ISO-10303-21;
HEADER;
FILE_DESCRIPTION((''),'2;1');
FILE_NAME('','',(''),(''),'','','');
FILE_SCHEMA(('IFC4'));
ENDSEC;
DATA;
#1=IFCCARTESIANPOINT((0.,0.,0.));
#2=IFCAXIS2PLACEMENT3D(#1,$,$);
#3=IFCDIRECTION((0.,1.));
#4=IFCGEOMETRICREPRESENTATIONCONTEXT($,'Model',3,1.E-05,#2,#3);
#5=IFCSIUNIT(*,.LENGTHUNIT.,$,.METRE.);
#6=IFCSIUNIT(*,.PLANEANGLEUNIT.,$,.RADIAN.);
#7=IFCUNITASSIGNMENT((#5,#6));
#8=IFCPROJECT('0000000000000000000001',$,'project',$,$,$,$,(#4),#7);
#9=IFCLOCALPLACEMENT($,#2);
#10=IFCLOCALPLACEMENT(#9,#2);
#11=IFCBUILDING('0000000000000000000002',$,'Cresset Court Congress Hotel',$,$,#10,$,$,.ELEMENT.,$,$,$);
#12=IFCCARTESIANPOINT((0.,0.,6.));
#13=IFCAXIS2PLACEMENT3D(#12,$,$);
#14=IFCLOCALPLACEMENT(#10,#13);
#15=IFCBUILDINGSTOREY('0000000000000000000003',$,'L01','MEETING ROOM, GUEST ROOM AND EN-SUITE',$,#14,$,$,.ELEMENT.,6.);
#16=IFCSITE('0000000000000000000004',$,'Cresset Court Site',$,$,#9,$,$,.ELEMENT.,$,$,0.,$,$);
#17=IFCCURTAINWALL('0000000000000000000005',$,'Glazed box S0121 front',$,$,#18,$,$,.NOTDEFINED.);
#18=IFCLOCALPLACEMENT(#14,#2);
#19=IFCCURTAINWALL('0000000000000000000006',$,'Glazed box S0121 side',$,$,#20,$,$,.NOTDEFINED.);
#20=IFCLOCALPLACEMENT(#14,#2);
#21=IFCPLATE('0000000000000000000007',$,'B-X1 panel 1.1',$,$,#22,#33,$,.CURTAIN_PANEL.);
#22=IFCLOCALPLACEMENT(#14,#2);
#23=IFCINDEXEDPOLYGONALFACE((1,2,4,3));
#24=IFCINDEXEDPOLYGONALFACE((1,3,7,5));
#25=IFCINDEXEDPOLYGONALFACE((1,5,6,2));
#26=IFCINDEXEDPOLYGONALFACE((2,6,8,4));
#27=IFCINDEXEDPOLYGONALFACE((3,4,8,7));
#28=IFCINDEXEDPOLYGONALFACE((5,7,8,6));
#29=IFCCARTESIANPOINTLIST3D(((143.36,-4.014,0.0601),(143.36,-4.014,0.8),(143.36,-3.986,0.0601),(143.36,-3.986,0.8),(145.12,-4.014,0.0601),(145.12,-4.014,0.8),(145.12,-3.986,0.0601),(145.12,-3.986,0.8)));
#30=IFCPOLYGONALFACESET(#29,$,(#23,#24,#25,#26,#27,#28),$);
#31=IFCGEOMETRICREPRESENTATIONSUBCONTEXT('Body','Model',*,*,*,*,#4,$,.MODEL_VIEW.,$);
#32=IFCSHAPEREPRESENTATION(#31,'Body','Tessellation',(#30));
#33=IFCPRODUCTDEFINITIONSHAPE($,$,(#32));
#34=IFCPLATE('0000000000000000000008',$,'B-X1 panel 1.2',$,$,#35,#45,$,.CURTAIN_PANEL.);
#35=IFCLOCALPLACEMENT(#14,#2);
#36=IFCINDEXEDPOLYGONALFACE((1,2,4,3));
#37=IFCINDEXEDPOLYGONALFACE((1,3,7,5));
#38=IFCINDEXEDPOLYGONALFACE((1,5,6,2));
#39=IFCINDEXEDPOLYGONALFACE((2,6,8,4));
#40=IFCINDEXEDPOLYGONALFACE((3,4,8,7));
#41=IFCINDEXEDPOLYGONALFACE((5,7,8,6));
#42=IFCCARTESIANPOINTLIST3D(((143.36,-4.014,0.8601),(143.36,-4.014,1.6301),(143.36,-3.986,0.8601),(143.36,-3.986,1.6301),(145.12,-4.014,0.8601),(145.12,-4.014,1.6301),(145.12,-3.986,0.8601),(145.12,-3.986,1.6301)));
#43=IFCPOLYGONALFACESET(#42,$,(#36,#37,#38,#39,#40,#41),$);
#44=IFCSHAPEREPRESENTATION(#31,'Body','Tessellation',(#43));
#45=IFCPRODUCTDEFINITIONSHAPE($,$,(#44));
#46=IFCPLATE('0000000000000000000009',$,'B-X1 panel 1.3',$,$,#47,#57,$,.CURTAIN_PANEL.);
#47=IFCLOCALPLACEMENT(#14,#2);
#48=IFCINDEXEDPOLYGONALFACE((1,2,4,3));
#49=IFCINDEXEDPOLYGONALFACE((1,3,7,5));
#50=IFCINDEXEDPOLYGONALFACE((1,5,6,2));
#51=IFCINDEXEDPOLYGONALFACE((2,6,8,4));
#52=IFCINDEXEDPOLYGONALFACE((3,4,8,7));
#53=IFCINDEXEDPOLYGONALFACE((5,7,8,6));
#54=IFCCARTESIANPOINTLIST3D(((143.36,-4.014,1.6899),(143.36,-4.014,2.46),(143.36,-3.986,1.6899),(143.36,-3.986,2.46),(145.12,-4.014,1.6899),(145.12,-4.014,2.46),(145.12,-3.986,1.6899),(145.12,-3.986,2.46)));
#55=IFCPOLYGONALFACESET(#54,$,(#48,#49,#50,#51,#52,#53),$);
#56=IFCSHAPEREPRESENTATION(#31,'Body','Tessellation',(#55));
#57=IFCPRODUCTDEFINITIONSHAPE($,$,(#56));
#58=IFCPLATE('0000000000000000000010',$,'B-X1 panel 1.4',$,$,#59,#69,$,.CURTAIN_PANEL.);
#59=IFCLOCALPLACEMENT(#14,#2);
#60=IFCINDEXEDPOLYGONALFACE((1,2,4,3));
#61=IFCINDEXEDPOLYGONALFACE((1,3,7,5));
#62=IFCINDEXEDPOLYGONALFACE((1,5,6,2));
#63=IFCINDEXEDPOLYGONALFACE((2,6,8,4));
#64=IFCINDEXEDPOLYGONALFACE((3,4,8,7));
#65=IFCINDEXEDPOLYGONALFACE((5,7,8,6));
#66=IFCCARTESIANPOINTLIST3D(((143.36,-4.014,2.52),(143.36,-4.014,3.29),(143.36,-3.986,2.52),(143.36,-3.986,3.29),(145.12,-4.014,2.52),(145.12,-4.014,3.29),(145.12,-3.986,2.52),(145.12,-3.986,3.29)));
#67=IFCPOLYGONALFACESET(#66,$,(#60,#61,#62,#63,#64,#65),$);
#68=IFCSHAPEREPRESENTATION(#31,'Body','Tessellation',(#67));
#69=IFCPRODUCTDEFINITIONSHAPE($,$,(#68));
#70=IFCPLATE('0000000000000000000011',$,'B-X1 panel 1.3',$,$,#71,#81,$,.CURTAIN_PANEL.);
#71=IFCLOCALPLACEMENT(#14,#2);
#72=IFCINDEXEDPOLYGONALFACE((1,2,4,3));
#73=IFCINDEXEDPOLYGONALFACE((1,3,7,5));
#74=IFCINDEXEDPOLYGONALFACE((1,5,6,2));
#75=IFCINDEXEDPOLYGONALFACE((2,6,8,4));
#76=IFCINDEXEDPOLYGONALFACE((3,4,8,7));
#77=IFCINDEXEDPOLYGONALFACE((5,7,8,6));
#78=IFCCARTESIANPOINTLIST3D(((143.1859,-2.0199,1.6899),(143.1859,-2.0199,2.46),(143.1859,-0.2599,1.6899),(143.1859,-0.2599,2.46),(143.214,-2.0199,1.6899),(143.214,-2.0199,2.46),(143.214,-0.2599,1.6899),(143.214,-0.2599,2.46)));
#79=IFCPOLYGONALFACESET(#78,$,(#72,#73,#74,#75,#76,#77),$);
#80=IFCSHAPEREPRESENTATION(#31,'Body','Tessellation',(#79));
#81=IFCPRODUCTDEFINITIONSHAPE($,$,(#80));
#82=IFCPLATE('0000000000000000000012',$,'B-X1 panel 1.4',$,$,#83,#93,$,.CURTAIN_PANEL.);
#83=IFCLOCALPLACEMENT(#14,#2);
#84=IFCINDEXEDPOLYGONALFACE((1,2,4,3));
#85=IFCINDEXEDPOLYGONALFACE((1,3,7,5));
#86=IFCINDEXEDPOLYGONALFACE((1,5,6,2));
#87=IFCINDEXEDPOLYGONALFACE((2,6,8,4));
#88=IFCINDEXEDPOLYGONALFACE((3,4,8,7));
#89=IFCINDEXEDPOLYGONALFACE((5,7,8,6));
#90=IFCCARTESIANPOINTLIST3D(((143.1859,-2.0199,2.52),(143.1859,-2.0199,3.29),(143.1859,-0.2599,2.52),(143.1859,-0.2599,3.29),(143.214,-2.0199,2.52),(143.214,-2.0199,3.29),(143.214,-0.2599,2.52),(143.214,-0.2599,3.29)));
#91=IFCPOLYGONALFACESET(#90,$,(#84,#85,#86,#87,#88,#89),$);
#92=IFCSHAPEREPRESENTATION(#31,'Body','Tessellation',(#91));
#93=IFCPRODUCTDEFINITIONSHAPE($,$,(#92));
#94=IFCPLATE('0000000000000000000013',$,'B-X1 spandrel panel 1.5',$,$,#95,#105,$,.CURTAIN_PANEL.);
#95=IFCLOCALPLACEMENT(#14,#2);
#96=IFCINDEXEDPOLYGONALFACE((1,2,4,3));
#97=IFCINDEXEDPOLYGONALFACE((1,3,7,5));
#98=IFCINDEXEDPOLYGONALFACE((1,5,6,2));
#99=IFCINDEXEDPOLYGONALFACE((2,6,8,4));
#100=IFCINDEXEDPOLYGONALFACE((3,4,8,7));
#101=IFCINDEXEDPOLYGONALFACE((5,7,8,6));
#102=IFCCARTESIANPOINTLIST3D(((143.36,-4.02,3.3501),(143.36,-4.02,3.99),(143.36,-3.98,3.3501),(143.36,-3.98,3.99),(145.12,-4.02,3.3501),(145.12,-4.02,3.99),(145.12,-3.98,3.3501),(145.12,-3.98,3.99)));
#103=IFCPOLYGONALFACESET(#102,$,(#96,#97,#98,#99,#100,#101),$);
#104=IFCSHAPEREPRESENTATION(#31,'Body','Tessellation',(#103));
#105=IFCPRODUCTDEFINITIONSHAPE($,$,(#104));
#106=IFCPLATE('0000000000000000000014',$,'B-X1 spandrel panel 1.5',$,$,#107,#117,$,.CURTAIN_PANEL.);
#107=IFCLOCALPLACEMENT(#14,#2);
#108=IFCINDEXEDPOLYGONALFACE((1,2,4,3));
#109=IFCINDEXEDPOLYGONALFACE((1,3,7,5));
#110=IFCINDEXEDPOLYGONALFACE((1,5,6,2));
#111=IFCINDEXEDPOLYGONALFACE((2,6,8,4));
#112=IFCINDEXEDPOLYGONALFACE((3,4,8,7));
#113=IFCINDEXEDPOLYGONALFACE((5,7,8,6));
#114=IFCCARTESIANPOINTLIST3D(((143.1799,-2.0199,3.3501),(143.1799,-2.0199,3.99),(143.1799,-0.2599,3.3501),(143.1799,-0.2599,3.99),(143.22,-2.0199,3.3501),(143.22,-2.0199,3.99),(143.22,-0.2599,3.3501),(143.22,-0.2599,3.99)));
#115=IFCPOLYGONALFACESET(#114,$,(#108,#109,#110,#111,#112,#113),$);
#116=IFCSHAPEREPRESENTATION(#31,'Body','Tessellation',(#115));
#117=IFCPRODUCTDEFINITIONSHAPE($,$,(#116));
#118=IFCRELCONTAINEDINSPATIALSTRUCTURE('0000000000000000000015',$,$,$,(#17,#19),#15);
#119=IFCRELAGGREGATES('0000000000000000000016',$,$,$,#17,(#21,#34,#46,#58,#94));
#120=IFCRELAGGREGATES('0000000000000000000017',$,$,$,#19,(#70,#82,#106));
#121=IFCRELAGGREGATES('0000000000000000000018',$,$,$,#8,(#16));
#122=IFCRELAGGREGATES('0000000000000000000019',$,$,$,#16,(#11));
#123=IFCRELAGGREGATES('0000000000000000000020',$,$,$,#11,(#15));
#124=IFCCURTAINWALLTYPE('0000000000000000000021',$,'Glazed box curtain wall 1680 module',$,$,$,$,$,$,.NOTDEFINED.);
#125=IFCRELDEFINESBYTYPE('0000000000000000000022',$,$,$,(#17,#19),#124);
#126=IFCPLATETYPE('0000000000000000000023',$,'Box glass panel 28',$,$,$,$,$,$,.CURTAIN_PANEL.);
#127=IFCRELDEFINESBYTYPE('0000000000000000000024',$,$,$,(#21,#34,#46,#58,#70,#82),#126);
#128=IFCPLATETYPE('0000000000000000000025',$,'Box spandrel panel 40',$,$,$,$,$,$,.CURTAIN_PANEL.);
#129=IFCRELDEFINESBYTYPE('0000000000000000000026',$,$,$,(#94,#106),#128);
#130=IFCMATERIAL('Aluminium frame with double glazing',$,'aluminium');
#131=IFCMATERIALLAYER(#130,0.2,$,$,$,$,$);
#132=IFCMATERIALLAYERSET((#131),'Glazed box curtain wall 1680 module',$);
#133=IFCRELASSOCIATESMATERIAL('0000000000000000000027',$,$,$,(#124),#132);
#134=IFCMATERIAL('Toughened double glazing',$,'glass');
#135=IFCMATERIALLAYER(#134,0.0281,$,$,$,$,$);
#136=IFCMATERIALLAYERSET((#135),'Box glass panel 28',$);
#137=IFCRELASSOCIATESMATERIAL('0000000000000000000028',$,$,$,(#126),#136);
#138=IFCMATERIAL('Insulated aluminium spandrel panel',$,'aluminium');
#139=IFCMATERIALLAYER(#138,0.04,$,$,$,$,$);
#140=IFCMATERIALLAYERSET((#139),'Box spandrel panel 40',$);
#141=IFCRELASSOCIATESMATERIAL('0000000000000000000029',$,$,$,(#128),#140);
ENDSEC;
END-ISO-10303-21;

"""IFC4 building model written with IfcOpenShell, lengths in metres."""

from ifc_helpers import new_model, si_unit, direction, frame, origin, origin_2d, place, context, subcontext, project, spatial, rectangle, extrude, material, layer, layer_set, type_object, element, aggregate, save


model = new_model("IFC4")

# Units and contexts
model_context = context("Model", 3, precision=1e-05, world=origin(), true_north=direction((0.0, 1.0)))
body_context = subcontext(model_context, "Body", "Model", "MODEL_VIEW")
ifc_project = project(units=[si_unit("LENGTHUNIT", "METRE"), si_unit("PLANEANGLEUNIT", "RADIAN")], contexts=[model_context])

# Site, building, storey
site_placement = place(None, origin())
site = spatial("IfcSite", under=ifc_project, at=site_placement, Name="Cresset Court Site", CompositionType="ELEMENT", RefElevation=0.0)
building_placement = place(site_placement, origin())
building = spatial("IfcBuilding", under=site, at=building_placement, Name="Cresset Court Congress Hotel", CompositionType="ELEMENT")
storey_placement = place(building_placement, frame((0.0, 0.0, 6.0)))
storey = spatial("IfcBuildingStorey", under=building, at=storey_placement, Name="L01", Description="MEETING ROOM, GUEST ROOM AND EN-SUITE", CompositionType="ELEMENT", Elevation=6.0)

# Curtain walls
ifc_material_1 = material(Name="Aluminium frame with double glazing", Category="aluminium")
ifc_layer_1 = layer(ifc_material_1, 0.2)
ifc_layer_set_1 = layer_set([ifc_layer_1], Name="Glazed box curtain wall 1680 module")
curtain_wall_type = type_object("IfcCurtainWallType", Name="Glazed box curtain wall 1680 module", PredefinedType="NOTDEFINED", material=ifc_layer_set_1)
curtain_wall_1_placement = place(storey_placement, origin())
curtain_wall_1 = element("IfcCurtainWall", 1, at=curtain_wall_1_placement, inside=storey, type_object=curtain_wall_type, Name="Glazed box S0121 front", PredefinedType="NOTDEFINED")
curtain_wall_2_placement = place(storey_placement, origin())
curtain_wall_2 = element("IfcCurtainWall", 2, at=curtain_wall_2_placement, inside=storey, type_object=curtain_wall_type, Name="Glazed box S0121 side", PredefinedType="NOTDEFINED")

# Plates
ifc_material_2 = material(Name="Toughened double glazing", Category="glass")
ifc_layer_2 = layer(ifc_material_2, 0.0281)
ifc_layer_set_2 = layer_set([ifc_layer_2], Name="Box glass panel 28")
plate_type_1 = type_object("IfcPlateType", Name="Box glass panel 28", PredefinedType="CURTAIN_PANEL", material=ifc_layer_set_2)
plate_1_placement = place(storey_placement, frame((144.24, -4.0, 0.0601), z_axis=(0.0, 0.0, 1.0), x_axis=(1.0, 0.0, 0.0)))
plate_1 = element("IfcPlate", 3, at=plate_1_placement, type_object=plate_type_1, Name="B-X1 panel 1.1", PredefinedType="CURTAIN_PANEL", context=body_context, shape_type="SweptSolid", body=[
    extrude(rectangle(XDim=1.76, YDim=0.0281, at=origin_2d()), origin(), (0.0, 0.0, 1.0), 0.74),
])
plate_2_placement = place(storey_placement, frame((144.24, -4.0, 0.8601), z_axis=(0.0, 0.0, 1.0), x_axis=(1.0, 0.0, 0.0)))
plate_2 = element("IfcPlate", 4, at=plate_2_placement, type_object=plate_type_1, Name="B-X1 panel 1.2", PredefinedType="CURTAIN_PANEL", context=body_context, shape_type="SweptSolid", body=[
    extrude(rectangle(XDim=1.76, YDim=0.0281, at=origin_2d()), origin(), (0.0, 0.0, 1.0), 0.77),
])
plate_3_placement = place(storey_placement, frame((144.24, -4.0, 1.6899), z_axis=(0.0, 0.0, 1.0), x_axis=(1.0, 0.0, 0.0)))
plate_3 = element("IfcPlate", 5, at=plate_3_placement, type_object=plate_type_1, Name="B-X1 panel 1.3", PredefinedType="CURTAIN_PANEL", context=body_context, shape_type="SweptSolid", body=[
    extrude(rectangle(XDim=1.76, YDim=0.0281, at=origin_2d()), origin(), (0.0, 0.0, 1.0), 0.77),
])
plate_4_placement = place(storey_placement, frame((144.24, -4.0, 2.52), z_axis=(0.0, 0.0, 1.0), x_axis=(1.0, 0.0, 0.0)))
plate_4 = element("IfcPlate", 6, at=plate_4_placement, type_object=plate_type_1, Name="B-X1 panel 1.4", PredefinedType="CURTAIN_PANEL", context=body_context, shape_type="SweptSolid", body=[
    extrude(rectangle(XDim=1.76, YDim=0.0281, at=origin_2d()), origin(), (0.0, 0.0, 1.0), 0.77),
])
plate_5_placement = place(storey_placement, frame((143.2, -1.1399, 1.6899), z_axis=(0.0, 0.0, 1.0), x_axis=(0.0, -1.0, 0.0)))
plate_5 = element("IfcPlate", 7, at=plate_5_placement, type_object=plate_type_1, Name="B-X1 panel 1.3", PredefinedType="CURTAIN_PANEL", context=body_context, shape_type="SweptSolid", body=[
    extrude(rectangle(XDim=1.76, YDim=0.0281, at=origin_2d()), origin(), (0.0, 0.0, 1.0), 0.77),
])
plate_6_placement = place(storey_placement, frame((143.2, -1.1399, 2.52), z_axis=(0.0, 0.0, 1.0), x_axis=(0.0, -1.0, 0.0)))
plate_6 = element("IfcPlate", 8, at=plate_6_placement, type_object=plate_type_1, Name="B-X1 panel 1.4", PredefinedType="CURTAIN_PANEL", context=body_context, shape_type="SweptSolid", body=[
    extrude(rectangle(XDim=1.76, YDim=0.0281, at=origin_2d()), origin(), (0.0, 0.0, 1.0), 0.77),
])
ifc_material_3 = material(Name="Insulated aluminium spandrel panel", Category="aluminium")
ifc_layer_3 = layer(ifc_material_3, 0.04)
ifc_layer_set_3 = layer_set([ifc_layer_3], Name="Box spandrel panel 40")
plate_type_2 = type_object("IfcPlateType", Name="Box spandrel panel 40", PredefinedType="CURTAIN_PANEL", material=ifc_layer_set_3)
plate_7_placement = place(storey_placement, frame((144.24, -4.0, 3.3501), z_axis=(0.0, 0.0, 1.0), x_axis=(1.0, 0.0, 0.0)))
plate_7 = element("IfcPlate", 9, at=plate_7_placement, type_object=plate_type_2, Name="B-X1 spandrel panel 1.5", PredefinedType="CURTAIN_PANEL", context=body_context, shape_type="SweptSolid", body=[
    extrude(rectangle(XDim=1.76, YDim=0.04, at=origin_2d()), origin(), (0.0, 0.0, 1.0), 0.6399),
])
aggregate(curtain_wall_1, [plate_1, plate_2, plate_3, plate_4, plate_7])
plate_8_placement = place(storey_placement, frame((143.2, -1.1399, 3.3501), z_axis=(0.0, 0.0, 1.0), x_axis=(0.0, -1.0, 0.0)))
plate_8 = element("IfcPlate", 10, at=plate_8_placement, type_object=plate_type_2, Name="B-X1 spandrel panel 1.5", PredefinedType="CURTAIN_PANEL", context=body_context, shape_type="SweptSolid", body=[
    extrude(rectangle(XDim=1.76, YDim=0.04, at=origin_2d()), origin(), (0.0, 0.0, 1.0), 0.6399),
])
aggregate(curtain_wall_2, [plate_5, plate_6, plate_8])

save(model, "model.ifc")
